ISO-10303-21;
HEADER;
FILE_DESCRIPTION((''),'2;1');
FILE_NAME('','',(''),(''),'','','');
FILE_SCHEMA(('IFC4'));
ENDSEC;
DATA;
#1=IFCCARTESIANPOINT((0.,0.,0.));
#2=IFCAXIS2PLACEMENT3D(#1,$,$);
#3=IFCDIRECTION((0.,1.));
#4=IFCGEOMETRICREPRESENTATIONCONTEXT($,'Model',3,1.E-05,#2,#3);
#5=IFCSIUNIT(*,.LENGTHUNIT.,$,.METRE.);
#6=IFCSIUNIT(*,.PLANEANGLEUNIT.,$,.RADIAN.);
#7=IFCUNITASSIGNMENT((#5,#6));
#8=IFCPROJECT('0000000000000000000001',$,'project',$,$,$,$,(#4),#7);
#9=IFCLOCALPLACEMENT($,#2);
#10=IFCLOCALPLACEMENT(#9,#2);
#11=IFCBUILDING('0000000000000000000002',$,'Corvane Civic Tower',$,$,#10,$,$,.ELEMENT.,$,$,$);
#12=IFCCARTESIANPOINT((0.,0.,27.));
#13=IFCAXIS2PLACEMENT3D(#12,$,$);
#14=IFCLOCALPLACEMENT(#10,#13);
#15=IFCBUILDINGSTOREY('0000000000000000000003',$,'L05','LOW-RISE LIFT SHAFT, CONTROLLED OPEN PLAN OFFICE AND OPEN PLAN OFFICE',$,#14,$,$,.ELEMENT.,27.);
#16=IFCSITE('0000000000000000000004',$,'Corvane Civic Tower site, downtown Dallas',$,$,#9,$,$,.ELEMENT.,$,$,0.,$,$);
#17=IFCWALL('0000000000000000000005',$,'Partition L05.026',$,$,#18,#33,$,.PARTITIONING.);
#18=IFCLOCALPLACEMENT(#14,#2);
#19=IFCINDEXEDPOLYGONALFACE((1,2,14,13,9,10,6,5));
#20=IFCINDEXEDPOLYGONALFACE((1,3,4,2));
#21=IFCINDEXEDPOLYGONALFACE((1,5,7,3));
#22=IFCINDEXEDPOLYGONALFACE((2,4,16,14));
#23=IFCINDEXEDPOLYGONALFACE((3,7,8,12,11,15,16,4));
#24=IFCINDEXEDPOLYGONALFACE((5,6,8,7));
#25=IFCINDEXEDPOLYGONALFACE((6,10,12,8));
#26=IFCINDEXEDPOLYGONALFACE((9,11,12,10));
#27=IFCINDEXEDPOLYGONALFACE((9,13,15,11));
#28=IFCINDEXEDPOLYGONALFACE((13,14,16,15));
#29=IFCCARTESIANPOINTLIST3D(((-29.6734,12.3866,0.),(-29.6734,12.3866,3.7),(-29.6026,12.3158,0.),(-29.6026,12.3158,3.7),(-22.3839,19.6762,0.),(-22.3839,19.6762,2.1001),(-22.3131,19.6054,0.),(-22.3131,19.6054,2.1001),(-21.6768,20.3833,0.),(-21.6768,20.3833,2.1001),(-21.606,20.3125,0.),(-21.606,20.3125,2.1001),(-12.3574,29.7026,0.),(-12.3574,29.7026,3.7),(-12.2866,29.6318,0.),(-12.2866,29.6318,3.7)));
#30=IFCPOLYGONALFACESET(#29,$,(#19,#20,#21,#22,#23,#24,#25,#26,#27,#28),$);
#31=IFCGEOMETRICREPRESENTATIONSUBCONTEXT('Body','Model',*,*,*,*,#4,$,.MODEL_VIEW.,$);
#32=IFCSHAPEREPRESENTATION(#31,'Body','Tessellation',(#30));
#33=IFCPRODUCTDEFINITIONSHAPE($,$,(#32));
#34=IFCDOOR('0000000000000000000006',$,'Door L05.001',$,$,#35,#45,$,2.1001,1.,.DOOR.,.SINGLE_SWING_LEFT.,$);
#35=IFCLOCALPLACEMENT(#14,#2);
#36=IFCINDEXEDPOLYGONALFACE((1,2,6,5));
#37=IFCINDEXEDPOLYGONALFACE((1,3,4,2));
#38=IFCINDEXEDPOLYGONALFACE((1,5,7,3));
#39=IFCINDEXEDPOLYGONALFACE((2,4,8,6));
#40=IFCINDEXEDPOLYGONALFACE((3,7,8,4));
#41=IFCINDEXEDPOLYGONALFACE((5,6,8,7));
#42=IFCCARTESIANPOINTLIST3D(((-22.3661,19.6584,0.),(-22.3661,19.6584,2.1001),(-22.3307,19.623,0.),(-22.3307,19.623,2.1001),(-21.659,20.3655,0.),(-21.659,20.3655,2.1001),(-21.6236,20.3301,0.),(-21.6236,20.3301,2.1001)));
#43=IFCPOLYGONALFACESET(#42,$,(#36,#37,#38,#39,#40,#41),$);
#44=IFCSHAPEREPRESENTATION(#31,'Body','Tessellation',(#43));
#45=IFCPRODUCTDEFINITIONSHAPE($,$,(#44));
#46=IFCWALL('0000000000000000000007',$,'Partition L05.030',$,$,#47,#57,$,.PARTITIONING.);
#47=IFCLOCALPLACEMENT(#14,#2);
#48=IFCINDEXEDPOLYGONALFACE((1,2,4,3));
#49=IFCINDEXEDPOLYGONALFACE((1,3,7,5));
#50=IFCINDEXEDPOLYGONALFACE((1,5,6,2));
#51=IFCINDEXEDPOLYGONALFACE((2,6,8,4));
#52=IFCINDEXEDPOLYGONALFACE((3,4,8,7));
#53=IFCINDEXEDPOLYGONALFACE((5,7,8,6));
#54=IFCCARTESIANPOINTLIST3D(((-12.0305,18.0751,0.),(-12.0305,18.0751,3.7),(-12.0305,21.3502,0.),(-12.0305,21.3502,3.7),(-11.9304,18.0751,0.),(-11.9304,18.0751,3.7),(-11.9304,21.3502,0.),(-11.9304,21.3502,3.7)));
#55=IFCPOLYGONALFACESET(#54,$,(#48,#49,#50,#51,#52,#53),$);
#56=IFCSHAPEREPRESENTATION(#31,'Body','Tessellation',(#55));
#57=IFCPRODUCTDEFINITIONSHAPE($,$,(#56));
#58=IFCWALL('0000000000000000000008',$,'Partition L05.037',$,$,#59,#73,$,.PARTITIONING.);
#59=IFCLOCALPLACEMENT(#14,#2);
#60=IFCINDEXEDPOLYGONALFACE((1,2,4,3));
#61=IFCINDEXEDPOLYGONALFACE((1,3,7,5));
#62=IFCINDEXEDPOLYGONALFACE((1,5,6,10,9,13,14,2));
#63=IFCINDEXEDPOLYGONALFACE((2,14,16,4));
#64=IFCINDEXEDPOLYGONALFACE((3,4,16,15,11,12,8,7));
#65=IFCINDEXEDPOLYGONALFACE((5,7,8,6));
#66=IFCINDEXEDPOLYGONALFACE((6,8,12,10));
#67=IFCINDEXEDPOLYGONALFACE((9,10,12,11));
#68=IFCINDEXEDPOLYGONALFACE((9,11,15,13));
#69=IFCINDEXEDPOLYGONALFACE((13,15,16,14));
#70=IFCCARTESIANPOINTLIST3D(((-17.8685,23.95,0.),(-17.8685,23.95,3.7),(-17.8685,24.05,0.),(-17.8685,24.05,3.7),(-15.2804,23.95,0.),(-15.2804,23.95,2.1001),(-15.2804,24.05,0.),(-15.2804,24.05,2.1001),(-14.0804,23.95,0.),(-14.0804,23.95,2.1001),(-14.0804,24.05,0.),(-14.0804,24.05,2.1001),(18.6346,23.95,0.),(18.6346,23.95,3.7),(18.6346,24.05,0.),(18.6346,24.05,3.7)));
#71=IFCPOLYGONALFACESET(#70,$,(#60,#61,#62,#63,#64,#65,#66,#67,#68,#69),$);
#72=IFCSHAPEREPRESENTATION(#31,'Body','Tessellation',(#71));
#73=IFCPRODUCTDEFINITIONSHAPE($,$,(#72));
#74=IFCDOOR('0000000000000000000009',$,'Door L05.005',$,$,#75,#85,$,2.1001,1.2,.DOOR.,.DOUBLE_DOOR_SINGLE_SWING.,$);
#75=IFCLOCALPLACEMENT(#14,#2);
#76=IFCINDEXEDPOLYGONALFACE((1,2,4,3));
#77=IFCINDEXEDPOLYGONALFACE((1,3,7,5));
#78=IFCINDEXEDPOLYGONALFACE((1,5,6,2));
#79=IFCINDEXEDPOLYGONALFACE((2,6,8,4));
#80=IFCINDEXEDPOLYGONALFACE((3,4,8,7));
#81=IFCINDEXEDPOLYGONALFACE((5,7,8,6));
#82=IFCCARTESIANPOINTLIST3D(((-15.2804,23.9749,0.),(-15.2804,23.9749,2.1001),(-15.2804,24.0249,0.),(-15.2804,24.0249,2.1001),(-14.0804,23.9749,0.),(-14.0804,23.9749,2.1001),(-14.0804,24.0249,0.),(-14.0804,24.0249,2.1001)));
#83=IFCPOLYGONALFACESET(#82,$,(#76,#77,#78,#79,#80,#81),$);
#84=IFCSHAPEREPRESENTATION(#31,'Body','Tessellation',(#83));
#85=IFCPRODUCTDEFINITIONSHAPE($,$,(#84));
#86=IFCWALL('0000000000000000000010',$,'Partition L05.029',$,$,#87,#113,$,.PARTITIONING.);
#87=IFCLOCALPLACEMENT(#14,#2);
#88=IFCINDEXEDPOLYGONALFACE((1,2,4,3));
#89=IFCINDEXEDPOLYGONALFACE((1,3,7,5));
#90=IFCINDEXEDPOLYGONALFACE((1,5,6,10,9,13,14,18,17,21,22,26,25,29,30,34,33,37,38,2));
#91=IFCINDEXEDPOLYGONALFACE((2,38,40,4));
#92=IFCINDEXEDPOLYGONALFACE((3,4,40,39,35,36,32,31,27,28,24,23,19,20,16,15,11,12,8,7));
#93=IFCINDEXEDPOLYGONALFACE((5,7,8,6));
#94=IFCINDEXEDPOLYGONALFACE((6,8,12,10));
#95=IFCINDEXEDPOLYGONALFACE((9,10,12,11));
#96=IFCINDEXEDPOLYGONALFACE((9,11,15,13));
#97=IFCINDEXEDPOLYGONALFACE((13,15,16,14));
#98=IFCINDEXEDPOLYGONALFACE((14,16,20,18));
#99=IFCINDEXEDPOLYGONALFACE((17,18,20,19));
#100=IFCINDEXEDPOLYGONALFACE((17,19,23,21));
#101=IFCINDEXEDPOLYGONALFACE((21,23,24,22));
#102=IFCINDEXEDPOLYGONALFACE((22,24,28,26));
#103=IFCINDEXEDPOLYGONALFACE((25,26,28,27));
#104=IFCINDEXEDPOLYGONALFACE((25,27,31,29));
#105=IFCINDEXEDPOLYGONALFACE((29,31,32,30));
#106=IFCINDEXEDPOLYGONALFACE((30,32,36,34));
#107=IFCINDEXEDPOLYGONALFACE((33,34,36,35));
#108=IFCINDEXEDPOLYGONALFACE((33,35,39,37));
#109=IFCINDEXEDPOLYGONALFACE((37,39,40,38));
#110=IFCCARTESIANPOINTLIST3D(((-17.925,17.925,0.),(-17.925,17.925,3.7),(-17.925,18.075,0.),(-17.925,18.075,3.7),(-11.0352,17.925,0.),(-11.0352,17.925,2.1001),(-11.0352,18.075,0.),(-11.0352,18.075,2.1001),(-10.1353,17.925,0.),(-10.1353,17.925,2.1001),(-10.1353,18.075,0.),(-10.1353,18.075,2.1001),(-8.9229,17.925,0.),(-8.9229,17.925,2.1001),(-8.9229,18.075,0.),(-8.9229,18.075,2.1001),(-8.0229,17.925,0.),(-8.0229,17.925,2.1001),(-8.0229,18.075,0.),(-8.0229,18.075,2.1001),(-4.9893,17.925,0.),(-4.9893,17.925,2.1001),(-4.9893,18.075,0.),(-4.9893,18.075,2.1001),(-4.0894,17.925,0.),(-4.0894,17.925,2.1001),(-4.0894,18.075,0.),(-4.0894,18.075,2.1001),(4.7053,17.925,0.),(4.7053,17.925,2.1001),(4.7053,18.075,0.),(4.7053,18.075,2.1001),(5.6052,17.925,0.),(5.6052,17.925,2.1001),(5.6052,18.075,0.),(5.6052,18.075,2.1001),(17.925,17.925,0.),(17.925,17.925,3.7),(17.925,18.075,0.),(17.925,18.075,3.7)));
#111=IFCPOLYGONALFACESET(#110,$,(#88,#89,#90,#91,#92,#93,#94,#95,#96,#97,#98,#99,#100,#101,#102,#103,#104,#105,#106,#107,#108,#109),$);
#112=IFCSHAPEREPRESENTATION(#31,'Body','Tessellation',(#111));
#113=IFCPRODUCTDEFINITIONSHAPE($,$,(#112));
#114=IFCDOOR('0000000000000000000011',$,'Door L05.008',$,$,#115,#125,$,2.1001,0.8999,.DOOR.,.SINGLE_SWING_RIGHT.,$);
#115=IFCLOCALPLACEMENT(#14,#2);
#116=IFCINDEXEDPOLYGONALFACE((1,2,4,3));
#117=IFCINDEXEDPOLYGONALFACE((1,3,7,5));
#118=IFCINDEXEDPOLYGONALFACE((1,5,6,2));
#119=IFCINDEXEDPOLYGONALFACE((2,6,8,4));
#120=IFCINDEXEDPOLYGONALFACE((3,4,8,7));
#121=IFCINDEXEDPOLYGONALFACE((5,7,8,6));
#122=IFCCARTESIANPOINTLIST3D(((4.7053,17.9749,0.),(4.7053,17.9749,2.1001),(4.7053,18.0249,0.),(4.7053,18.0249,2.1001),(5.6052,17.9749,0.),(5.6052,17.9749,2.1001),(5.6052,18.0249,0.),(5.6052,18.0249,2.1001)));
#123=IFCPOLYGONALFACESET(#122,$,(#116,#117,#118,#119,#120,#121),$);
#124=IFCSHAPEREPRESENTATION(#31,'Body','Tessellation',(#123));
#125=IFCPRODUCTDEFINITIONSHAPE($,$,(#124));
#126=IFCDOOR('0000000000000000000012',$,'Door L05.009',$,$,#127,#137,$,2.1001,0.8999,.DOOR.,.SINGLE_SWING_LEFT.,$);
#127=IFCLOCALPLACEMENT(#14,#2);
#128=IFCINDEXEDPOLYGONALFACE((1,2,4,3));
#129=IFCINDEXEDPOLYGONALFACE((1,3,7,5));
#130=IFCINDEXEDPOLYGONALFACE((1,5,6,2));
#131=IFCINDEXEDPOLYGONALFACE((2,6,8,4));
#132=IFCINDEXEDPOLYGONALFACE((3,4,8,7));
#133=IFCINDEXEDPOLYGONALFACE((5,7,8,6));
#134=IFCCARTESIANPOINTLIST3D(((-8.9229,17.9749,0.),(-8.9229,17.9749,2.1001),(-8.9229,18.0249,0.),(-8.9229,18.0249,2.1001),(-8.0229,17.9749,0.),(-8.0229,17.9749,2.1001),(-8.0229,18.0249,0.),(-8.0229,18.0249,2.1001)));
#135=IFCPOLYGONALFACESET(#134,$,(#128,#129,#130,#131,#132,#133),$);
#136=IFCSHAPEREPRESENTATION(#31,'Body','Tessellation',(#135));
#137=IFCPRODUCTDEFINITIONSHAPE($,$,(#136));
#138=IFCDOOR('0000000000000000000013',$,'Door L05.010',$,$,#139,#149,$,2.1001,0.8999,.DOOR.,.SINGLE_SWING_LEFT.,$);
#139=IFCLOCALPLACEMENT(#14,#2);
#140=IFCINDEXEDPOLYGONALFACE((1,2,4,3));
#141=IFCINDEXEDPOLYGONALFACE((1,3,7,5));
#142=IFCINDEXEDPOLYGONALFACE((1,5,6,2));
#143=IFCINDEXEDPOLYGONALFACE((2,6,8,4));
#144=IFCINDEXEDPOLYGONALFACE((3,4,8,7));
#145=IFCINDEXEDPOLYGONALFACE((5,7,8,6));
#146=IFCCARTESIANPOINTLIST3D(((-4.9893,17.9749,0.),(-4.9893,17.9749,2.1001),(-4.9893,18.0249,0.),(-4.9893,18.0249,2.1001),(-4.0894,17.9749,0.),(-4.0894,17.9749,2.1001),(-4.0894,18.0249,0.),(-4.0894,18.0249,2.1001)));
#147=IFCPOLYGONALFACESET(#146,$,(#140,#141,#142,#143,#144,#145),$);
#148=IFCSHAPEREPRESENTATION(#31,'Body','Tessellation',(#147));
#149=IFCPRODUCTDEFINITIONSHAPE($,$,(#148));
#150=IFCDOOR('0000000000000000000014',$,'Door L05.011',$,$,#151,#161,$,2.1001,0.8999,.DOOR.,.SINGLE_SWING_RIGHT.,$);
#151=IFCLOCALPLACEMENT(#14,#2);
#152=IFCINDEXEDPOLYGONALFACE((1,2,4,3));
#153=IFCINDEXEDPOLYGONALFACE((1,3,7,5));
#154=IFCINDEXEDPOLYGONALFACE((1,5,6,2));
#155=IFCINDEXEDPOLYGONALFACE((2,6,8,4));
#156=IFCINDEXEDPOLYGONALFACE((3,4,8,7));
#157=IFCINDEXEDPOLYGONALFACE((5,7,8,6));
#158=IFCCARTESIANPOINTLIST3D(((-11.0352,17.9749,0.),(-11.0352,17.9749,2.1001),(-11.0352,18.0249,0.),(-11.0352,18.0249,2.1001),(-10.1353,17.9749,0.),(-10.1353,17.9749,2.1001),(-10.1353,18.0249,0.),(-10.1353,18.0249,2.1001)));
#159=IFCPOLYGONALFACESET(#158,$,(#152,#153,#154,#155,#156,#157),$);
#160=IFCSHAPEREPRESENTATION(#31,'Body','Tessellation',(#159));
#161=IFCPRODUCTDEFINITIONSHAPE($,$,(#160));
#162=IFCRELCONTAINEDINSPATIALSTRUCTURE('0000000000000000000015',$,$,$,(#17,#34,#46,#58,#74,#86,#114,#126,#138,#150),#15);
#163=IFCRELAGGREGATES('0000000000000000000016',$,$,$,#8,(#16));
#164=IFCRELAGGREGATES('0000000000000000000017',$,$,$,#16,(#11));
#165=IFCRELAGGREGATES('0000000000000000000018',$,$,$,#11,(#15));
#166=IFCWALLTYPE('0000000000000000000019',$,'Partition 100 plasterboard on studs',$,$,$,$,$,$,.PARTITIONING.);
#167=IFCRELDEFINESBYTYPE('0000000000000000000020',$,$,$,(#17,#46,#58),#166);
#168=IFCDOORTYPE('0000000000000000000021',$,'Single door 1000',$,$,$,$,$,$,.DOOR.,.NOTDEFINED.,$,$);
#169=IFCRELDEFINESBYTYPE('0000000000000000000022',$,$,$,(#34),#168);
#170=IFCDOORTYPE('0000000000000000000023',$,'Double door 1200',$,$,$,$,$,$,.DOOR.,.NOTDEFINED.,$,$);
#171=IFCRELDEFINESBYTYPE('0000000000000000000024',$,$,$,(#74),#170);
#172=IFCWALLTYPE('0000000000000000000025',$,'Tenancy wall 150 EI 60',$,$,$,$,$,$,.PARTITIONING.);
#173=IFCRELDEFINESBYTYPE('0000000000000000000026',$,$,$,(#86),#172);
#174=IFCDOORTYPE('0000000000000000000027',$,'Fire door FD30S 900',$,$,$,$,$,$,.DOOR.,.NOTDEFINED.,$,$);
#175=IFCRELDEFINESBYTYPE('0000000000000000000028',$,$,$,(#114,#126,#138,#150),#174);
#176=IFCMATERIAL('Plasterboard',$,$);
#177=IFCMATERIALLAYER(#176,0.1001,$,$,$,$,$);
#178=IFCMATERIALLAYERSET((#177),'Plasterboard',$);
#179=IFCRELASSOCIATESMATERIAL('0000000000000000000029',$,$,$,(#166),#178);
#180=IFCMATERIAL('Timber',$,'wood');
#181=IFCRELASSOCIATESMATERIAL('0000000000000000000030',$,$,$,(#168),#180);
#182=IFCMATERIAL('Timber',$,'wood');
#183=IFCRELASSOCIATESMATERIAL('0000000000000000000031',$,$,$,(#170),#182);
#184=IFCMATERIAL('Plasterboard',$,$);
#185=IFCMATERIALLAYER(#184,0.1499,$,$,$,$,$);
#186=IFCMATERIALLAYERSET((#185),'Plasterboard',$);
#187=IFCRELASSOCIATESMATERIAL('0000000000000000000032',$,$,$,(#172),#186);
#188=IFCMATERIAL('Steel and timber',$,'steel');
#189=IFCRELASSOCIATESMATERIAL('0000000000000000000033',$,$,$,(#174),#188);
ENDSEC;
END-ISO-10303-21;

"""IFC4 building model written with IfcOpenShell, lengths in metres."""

from ifc_helpers import new_model, si_unit, direction, frame, frame_2d, origin, place, context, subcontext, project, spatial, rectangle, extrude, material, layer, layer_set, type_object, element, fill, save


model = new_model("IFC4")

# Units and contexts
model_context = context("Model", 3, precision=1e-05, world=origin(), true_north=direction((0.0, 1.0)))
body_context = subcontext(model_context, "Body", "Model", "MODEL_VIEW")
ifc_project = project(units=[si_unit("LENGTHUNIT", "METRE"), si_unit("PLANEANGLEUNIT", "RADIAN")], contexts=[model_context])

# Site, building, storey
site_placement = place(None, origin())
site = spatial("IfcSite", under=ifc_project, at=site_placement, Name="Corvane Civic Tower site, downtown Dallas", CompositionType="ELEMENT", RefElevation=0.0)
building_placement = place(site_placement, origin())
building = spatial("IfcBuilding", under=site, at=building_placement, Name="Corvane Civic Tower", CompositionType="ELEMENT")
storey_placement = place(building_placement, frame((0.0, 0.0, 27.0)))
storey = spatial("IfcBuildingStorey", under=building, at=storey_placement, Name="L05", Description="LOW-RISE LIFT SHAFT, CONTROLLED OPEN PLAN OFFICE AND OPEN PLAN OFFICE", CompositionType="ELEMENT", Elevation=27.0)

# Shared definitions
ifc_material_1 = material(Name="Plasterboard")
ifc_layer_1 = layer(ifc_material_1, 0.1001)
ifc_layer_set_1 = layer_set([ifc_layer_1], Name="Plasterboard")
wall_type_1 = type_object("IfcWallType", Name="Partition 100 plasterboard on studs", PredefinedType="PARTITIONING", material=ifc_layer_set_1)

# Wall, opening, door
wall_1_placement = place(storey_placement, frame((-29.6379, 12.3513, 0.0), z_axis=(0.0, 0.0, 1.0), x_axis=(0.707107, 0.707107, 0.0)))
wall_1 = element("IfcWall", 1, at=wall_1_placement, inside=storey, type_object=wall_type_1, Name="Partition L05.026", PredefinedType="PARTITIONING", context=body_context, shape_type="SweptSolid", body=[
    extrude(rectangle(XDim=24.4885, YDim=0.1001, at=frame_2d((12.2441, 0.0))), origin(), (0.0, 0.0, 1.0), 3.7),
])
opening_1_placement = place(wall_1_placement, frame((10.3088, 0.0, 0.0)))
opening_1 = element("IfcOpeningElement", 2, at=opening_1_placement, cuts=wall_1, PredefinedType="OPENING", context=body_context, shape_type="SweptSolid", body=[
    extrude(rectangle(XDim=1.0, YDim=2.1001, at=frame_2d((0.5, 1.05))), frame((0.0, 0.0601, 0.0), z_axis=(0.0, -1.0, 0.0), x_axis=(1.0, 0.0, 0.0)), (0.0, 0.0, 1.0), 0.1201),
])
ifc_material_2 = material(Name="Timber", Category="wood")
door_type_1 = type_object("IfcDoorType", Name="Single door 1000", OperationType="NOTDEFINED", PredefinedType="DOOR", material=ifc_material_2)
door_1_placement = place(opening_1_placement, origin())
door_1 = element("IfcDoor", 3, at=door_1_placement, inside=storey, type_object=door_type_1, Name="Door L05.001", OperationType="SINGLE_SWING_LEFT", OverallHeight=2.1001, OverallWidth=1.0, PredefinedType="DOOR", context=body_context, shape_type="SweptSolid", body=[
    extrude(rectangle(XDim=1.0, YDim=2.1001, at=frame_2d((0.5, 1.05))), frame((0.0, 0.0249, 0.0), z_axis=(0.0, -1.0, 0.0), x_axis=(1.0, 0.0, 0.0)), (0.0, 0.0, 1.0), 0.05),
])
fill(opening_1, door_1)

# Wall
wall_2_placement = place(storey_placement, frame((-11.9805, 18.075, 0.0), z_axis=(0.0, 0.0, 1.0), x_axis=(0.0, 1.0, 0.0)))
element("IfcWall", 4, at=wall_2_placement, inside=storey, type_object=wall_type_1, Name="Partition L05.030", PredefinedType="PARTITIONING", context=body_context, shape_type="SweptSolid", body=[
    extrude(rectangle(XDim=3.2751, YDim=0.1001, at=frame_2d((1.6377, 0.0))), origin(), (0.0, 0.0, 1.0), 3.7),
])

# Wall, opening, door
wall_3_placement = place(storey_placement, frame((-17.8684, 24.0, 0.0), z_axis=(0.0, 0.0, 1.0), x_axis=(1.0, 0.0, 0.0)))
wall_3 = element("IfcWall", 5, at=wall_3_placement, inside=storey, type_object=wall_type_1, Name="Partition L05.037", PredefinedType="PARTITIONING", context=body_context, shape_type="SweptSolid", body=[
    extrude(rectangle(XDim=36.5032, YDim=0.1001, at=frame_2d((18.2515, 0.0))), origin(), (0.0, 0.0, 1.0), 3.7),
])
opening_2_placement = place(wall_3_placement, frame((2.5879, 0.0, 0.0)))
opening_2 = element("IfcOpeningElement", 6, at=opening_2_placement, cuts=wall_3, PredefinedType="OPENING", context=body_context, shape_type="SweptSolid", body=[
    extrude(rectangle(XDim=1.2, YDim=2.1001, at=frame_2d((0.6001, 1.05))), frame((0.0, 0.0601, 0.0), z_axis=(0.0, -1.0, 0.0), x_axis=(1.0, 0.0, 0.0)), (0.0, 0.0, 1.0), 0.1201),
])
ifc_material_3 = material(Name="Timber", Category="wood")
door_type_2 = type_object("IfcDoorType", Name="Double door 1200", OperationType="NOTDEFINED", PredefinedType="DOOR", material=ifc_material_3)
door_2_placement = place(opening_2_placement, origin())
door_2 = element("IfcDoor", 7, at=door_2_placement, inside=storey, type_object=door_type_2, Name="Door L05.005", OperationType="DOUBLE_DOOR_SINGLE_SWING", OverallHeight=2.1001, OverallWidth=1.2, PredefinedType="DOOR", context=body_context, shape_type="SweptSolid", body=[
    extrude(rectangle(XDim=1.2, YDim=2.1001, at=frame_2d((0.6001, 1.05))), frame((0.0, 0.0249, 0.0), z_axis=(0.0, -1.0, 0.0), x_axis=(1.0, 0.0, 0.0)), (0.0, 0.0, 1.0), 0.05),
])
fill(opening_2, door_2)

# Wall, openings, doors
ifc_material_4 = material(Name="Plasterboard")
ifc_layer_2 = layer(ifc_material_4, 0.1499)
ifc_layer_set_2 = layer_set([ifc_layer_2], Name="Plasterboard")
wall_type_2 = type_object("IfcWallType", Name="Tenancy wall 150 EI 60", PredefinedType="PARTITIONING", material=ifc_layer_set_2)
wall_4_placement = place(storey_placement, frame((-17.925, 18.0, 0.0), z_axis=(0.0, 0.0, 1.0), x_axis=(1.0, 0.0, 0.0)))
wall_4 = element("IfcWall", 8, at=wall_4_placement, inside=storey, type_object=wall_type_2, Name="Partition L05.029", PredefinedType="PARTITIONING", context=body_context, shape_type="SweptSolid", body=[
    extrude(rectangle(XDim=35.8501, YDim=0.1499, at=frame_2d((17.925, 0.0))), origin(), (0.0, 0.0, 1.0), 3.7),
])
opening_3_placement = place(wall_4_placement, frame((22.6304, 0.0, 0.0)))
opening_3 = element("IfcOpeningElement", 9, at=opening_3_placement, cuts=wall_4, PredefinedType="OPENING", context=body_context, shape_type="SweptSolid", body=[
    extrude(rectangle(XDim=0.8999, YDim=2.1001, at=frame_2d((0.45, 1.05))), frame((0.0, 0.085, 0.0), z_axis=(0.0, -1.0, 0.0), x_axis=(1.0, 0.0, 0.0)), (0.0, 0.0, 1.0), 0.1699),
])
opening_4_placement = place(wall_4_placement, frame((9.0022, 0.0, 0.0)))
opening_4 = element("IfcOpeningElement", 10, at=opening_4_placement, cuts=wall_4, PredefinedType="OPENING", context=body_context, shape_type="SweptSolid", body=[
    extrude(rectangle(XDim=0.8999, YDim=2.1001, at=frame_2d((0.45, 1.05))), frame((0.0, 0.085, 0.0), z_axis=(0.0, -1.0, 0.0), x_axis=(1.0, 0.0, 0.0)), (0.0, 0.0, 1.0), 0.1699),
])
opening_5_placement = place(wall_4_placement, frame((12.9358, 0.0, 0.0)))
opening_5 = element("IfcOpeningElement", 11, at=opening_5_placement, cuts=wall_4, PredefinedType="OPENING", context=body_context, shape_type="SweptSolid", body=[
    extrude(rectangle(XDim=0.8999, YDim=2.1001, at=frame_2d((0.45, 1.05))), frame((0.0, 0.085, 0.0), z_axis=(0.0, -1.0, 0.0), x_axis=(1.0, 0.0, 0.0)), (0.0, 0.0, 1.0), 0.1699),
])
opening_6_placement = place(wall_4_placement, frame((6.8899, 0.0, 0.0)))
opening_6 = element("IfcOpeningElement", 12, at=opening_6_placement, cuts=wall_4, PredefinedType="OPENING", context=body_context, shape_type="SweptSolid", body=[
    extrude(rectangle(XDim=0.8999, YDim=2.1001, at=frame_2d((0.45, 1.05))), frame((0.0, 0.085, 0.0), z_axis=(0.0, -1.0, 0.0), x_axis=(1.0, 0.0, 0.0)), (0.0, 0.0, 1.0), 0.1699),
])
ifc_material_5 = material(Name="Steel and timber", Category="steel")
door_type_3 = type_object("IfcDoorType", Name="Fire door FD30S 900", OperationType="NOTDEFINED", PredefinedType="DOOR", material=ifc_material_5)
door_3_placement = place(opening_3_placement, origin())
door_3 = element("IfcDoor", 13, at=door_3_placement, inside=storey, type_object=door_type_3, Name="Door L05.008", OperationType="SINGLE_SWING_RIGHT", OverallHeight=2.1001, OverallWidth=0.8999, PredefinedType="DOOR", context=body_context, shape_type="SweptSolid", body=[
    extrude(rectangle(XDim=0.8999, YDim=2.1001, at=frame_2d((0.45, 1.05))), frame((0.0, 0.0249, 0.0), z_axis=(0.0, -1.0, 0.0), x_axis=(1.0, 0.0, 0.0)), (0.0, 0.0, 1.0), 0.05),
])
fill(opening_3, door_3)
door_4_placement = place(opening_4_placement, origin())
door_4 = element("IfcDoor", 14, at=door_4_placement, inside=storey, type_object=door_type_3, Name="Door L05.009", OperationType="SINGLE_SWING_LEFT", OverallHeight=2.1001, OverallWidth=0.8999, PredefinedType="DOOR", context=body_context, shape_type="SweptSolid", body=[
    extrude(rectangle(XDim=0.8999, YDim=2.1001, at=frame_2d((0.45, 1.05))), frame((0.0, 0.0249, 0.0), z_axis=(0.0, -1.0, 0.0), x_axis=(1.0, 0.0, 0.0)), (0.0, 0.0, 1.0), 0.05),
])
fill(opening_4, door_4)
door_5_placement = place(opening_5_placement, origin())
door_5 = element("IfcDoor", 15, at=door_5_placement, inside=storey, type_object=door_type_3, Name="Door L05.010", OperationType="SINGLE_SWING_LEFT", OverallHeight=2.1001, OverallWidth=0.8999, PredefinedType="DOOR", context=body_context, shape_type="SweptSolid", body=[
    extrude(rectangle(XDim=0.8999, YDim=2.1001, at=frame_2d((0.45, 1.05))), frame((0.0, 0.0249, 0.0), z_axis=(0.0, -1.0, 0.0), x_axis=(1.0, 0.0, 0.0)), (0.0, 0.0, 1.0), 0.05),
])
fill(opening_5, door_5)
door_6_placement = place(opening_6_placement, origin())
door_6 = element("IfcDoor", 16, at=door_6_placement, inside=storey, type_object=door_type_3, Name="Door L05.011", OperationType="SINGLE_SWING_RIGHT", OverallHeight=2.1001, OverallWidth=0.8999, PredefinedType="DOOR", context=body_context, shape_type="SweptSolid", body=[
    extrude(rectangle(XDim=0.8999, YDim=2.1001, at=frame_2d((0.45, 1.05))), frame((0.0, 0.0249, 0.0), z_axis=(0.0, -1.0, 0.0), x_axis=(1.0, 0.0, 0.0)), (0.0, 0.0, 1.0), 0.05),
])
fill(opening_6, door_6)

save(model, "model.ifc")
